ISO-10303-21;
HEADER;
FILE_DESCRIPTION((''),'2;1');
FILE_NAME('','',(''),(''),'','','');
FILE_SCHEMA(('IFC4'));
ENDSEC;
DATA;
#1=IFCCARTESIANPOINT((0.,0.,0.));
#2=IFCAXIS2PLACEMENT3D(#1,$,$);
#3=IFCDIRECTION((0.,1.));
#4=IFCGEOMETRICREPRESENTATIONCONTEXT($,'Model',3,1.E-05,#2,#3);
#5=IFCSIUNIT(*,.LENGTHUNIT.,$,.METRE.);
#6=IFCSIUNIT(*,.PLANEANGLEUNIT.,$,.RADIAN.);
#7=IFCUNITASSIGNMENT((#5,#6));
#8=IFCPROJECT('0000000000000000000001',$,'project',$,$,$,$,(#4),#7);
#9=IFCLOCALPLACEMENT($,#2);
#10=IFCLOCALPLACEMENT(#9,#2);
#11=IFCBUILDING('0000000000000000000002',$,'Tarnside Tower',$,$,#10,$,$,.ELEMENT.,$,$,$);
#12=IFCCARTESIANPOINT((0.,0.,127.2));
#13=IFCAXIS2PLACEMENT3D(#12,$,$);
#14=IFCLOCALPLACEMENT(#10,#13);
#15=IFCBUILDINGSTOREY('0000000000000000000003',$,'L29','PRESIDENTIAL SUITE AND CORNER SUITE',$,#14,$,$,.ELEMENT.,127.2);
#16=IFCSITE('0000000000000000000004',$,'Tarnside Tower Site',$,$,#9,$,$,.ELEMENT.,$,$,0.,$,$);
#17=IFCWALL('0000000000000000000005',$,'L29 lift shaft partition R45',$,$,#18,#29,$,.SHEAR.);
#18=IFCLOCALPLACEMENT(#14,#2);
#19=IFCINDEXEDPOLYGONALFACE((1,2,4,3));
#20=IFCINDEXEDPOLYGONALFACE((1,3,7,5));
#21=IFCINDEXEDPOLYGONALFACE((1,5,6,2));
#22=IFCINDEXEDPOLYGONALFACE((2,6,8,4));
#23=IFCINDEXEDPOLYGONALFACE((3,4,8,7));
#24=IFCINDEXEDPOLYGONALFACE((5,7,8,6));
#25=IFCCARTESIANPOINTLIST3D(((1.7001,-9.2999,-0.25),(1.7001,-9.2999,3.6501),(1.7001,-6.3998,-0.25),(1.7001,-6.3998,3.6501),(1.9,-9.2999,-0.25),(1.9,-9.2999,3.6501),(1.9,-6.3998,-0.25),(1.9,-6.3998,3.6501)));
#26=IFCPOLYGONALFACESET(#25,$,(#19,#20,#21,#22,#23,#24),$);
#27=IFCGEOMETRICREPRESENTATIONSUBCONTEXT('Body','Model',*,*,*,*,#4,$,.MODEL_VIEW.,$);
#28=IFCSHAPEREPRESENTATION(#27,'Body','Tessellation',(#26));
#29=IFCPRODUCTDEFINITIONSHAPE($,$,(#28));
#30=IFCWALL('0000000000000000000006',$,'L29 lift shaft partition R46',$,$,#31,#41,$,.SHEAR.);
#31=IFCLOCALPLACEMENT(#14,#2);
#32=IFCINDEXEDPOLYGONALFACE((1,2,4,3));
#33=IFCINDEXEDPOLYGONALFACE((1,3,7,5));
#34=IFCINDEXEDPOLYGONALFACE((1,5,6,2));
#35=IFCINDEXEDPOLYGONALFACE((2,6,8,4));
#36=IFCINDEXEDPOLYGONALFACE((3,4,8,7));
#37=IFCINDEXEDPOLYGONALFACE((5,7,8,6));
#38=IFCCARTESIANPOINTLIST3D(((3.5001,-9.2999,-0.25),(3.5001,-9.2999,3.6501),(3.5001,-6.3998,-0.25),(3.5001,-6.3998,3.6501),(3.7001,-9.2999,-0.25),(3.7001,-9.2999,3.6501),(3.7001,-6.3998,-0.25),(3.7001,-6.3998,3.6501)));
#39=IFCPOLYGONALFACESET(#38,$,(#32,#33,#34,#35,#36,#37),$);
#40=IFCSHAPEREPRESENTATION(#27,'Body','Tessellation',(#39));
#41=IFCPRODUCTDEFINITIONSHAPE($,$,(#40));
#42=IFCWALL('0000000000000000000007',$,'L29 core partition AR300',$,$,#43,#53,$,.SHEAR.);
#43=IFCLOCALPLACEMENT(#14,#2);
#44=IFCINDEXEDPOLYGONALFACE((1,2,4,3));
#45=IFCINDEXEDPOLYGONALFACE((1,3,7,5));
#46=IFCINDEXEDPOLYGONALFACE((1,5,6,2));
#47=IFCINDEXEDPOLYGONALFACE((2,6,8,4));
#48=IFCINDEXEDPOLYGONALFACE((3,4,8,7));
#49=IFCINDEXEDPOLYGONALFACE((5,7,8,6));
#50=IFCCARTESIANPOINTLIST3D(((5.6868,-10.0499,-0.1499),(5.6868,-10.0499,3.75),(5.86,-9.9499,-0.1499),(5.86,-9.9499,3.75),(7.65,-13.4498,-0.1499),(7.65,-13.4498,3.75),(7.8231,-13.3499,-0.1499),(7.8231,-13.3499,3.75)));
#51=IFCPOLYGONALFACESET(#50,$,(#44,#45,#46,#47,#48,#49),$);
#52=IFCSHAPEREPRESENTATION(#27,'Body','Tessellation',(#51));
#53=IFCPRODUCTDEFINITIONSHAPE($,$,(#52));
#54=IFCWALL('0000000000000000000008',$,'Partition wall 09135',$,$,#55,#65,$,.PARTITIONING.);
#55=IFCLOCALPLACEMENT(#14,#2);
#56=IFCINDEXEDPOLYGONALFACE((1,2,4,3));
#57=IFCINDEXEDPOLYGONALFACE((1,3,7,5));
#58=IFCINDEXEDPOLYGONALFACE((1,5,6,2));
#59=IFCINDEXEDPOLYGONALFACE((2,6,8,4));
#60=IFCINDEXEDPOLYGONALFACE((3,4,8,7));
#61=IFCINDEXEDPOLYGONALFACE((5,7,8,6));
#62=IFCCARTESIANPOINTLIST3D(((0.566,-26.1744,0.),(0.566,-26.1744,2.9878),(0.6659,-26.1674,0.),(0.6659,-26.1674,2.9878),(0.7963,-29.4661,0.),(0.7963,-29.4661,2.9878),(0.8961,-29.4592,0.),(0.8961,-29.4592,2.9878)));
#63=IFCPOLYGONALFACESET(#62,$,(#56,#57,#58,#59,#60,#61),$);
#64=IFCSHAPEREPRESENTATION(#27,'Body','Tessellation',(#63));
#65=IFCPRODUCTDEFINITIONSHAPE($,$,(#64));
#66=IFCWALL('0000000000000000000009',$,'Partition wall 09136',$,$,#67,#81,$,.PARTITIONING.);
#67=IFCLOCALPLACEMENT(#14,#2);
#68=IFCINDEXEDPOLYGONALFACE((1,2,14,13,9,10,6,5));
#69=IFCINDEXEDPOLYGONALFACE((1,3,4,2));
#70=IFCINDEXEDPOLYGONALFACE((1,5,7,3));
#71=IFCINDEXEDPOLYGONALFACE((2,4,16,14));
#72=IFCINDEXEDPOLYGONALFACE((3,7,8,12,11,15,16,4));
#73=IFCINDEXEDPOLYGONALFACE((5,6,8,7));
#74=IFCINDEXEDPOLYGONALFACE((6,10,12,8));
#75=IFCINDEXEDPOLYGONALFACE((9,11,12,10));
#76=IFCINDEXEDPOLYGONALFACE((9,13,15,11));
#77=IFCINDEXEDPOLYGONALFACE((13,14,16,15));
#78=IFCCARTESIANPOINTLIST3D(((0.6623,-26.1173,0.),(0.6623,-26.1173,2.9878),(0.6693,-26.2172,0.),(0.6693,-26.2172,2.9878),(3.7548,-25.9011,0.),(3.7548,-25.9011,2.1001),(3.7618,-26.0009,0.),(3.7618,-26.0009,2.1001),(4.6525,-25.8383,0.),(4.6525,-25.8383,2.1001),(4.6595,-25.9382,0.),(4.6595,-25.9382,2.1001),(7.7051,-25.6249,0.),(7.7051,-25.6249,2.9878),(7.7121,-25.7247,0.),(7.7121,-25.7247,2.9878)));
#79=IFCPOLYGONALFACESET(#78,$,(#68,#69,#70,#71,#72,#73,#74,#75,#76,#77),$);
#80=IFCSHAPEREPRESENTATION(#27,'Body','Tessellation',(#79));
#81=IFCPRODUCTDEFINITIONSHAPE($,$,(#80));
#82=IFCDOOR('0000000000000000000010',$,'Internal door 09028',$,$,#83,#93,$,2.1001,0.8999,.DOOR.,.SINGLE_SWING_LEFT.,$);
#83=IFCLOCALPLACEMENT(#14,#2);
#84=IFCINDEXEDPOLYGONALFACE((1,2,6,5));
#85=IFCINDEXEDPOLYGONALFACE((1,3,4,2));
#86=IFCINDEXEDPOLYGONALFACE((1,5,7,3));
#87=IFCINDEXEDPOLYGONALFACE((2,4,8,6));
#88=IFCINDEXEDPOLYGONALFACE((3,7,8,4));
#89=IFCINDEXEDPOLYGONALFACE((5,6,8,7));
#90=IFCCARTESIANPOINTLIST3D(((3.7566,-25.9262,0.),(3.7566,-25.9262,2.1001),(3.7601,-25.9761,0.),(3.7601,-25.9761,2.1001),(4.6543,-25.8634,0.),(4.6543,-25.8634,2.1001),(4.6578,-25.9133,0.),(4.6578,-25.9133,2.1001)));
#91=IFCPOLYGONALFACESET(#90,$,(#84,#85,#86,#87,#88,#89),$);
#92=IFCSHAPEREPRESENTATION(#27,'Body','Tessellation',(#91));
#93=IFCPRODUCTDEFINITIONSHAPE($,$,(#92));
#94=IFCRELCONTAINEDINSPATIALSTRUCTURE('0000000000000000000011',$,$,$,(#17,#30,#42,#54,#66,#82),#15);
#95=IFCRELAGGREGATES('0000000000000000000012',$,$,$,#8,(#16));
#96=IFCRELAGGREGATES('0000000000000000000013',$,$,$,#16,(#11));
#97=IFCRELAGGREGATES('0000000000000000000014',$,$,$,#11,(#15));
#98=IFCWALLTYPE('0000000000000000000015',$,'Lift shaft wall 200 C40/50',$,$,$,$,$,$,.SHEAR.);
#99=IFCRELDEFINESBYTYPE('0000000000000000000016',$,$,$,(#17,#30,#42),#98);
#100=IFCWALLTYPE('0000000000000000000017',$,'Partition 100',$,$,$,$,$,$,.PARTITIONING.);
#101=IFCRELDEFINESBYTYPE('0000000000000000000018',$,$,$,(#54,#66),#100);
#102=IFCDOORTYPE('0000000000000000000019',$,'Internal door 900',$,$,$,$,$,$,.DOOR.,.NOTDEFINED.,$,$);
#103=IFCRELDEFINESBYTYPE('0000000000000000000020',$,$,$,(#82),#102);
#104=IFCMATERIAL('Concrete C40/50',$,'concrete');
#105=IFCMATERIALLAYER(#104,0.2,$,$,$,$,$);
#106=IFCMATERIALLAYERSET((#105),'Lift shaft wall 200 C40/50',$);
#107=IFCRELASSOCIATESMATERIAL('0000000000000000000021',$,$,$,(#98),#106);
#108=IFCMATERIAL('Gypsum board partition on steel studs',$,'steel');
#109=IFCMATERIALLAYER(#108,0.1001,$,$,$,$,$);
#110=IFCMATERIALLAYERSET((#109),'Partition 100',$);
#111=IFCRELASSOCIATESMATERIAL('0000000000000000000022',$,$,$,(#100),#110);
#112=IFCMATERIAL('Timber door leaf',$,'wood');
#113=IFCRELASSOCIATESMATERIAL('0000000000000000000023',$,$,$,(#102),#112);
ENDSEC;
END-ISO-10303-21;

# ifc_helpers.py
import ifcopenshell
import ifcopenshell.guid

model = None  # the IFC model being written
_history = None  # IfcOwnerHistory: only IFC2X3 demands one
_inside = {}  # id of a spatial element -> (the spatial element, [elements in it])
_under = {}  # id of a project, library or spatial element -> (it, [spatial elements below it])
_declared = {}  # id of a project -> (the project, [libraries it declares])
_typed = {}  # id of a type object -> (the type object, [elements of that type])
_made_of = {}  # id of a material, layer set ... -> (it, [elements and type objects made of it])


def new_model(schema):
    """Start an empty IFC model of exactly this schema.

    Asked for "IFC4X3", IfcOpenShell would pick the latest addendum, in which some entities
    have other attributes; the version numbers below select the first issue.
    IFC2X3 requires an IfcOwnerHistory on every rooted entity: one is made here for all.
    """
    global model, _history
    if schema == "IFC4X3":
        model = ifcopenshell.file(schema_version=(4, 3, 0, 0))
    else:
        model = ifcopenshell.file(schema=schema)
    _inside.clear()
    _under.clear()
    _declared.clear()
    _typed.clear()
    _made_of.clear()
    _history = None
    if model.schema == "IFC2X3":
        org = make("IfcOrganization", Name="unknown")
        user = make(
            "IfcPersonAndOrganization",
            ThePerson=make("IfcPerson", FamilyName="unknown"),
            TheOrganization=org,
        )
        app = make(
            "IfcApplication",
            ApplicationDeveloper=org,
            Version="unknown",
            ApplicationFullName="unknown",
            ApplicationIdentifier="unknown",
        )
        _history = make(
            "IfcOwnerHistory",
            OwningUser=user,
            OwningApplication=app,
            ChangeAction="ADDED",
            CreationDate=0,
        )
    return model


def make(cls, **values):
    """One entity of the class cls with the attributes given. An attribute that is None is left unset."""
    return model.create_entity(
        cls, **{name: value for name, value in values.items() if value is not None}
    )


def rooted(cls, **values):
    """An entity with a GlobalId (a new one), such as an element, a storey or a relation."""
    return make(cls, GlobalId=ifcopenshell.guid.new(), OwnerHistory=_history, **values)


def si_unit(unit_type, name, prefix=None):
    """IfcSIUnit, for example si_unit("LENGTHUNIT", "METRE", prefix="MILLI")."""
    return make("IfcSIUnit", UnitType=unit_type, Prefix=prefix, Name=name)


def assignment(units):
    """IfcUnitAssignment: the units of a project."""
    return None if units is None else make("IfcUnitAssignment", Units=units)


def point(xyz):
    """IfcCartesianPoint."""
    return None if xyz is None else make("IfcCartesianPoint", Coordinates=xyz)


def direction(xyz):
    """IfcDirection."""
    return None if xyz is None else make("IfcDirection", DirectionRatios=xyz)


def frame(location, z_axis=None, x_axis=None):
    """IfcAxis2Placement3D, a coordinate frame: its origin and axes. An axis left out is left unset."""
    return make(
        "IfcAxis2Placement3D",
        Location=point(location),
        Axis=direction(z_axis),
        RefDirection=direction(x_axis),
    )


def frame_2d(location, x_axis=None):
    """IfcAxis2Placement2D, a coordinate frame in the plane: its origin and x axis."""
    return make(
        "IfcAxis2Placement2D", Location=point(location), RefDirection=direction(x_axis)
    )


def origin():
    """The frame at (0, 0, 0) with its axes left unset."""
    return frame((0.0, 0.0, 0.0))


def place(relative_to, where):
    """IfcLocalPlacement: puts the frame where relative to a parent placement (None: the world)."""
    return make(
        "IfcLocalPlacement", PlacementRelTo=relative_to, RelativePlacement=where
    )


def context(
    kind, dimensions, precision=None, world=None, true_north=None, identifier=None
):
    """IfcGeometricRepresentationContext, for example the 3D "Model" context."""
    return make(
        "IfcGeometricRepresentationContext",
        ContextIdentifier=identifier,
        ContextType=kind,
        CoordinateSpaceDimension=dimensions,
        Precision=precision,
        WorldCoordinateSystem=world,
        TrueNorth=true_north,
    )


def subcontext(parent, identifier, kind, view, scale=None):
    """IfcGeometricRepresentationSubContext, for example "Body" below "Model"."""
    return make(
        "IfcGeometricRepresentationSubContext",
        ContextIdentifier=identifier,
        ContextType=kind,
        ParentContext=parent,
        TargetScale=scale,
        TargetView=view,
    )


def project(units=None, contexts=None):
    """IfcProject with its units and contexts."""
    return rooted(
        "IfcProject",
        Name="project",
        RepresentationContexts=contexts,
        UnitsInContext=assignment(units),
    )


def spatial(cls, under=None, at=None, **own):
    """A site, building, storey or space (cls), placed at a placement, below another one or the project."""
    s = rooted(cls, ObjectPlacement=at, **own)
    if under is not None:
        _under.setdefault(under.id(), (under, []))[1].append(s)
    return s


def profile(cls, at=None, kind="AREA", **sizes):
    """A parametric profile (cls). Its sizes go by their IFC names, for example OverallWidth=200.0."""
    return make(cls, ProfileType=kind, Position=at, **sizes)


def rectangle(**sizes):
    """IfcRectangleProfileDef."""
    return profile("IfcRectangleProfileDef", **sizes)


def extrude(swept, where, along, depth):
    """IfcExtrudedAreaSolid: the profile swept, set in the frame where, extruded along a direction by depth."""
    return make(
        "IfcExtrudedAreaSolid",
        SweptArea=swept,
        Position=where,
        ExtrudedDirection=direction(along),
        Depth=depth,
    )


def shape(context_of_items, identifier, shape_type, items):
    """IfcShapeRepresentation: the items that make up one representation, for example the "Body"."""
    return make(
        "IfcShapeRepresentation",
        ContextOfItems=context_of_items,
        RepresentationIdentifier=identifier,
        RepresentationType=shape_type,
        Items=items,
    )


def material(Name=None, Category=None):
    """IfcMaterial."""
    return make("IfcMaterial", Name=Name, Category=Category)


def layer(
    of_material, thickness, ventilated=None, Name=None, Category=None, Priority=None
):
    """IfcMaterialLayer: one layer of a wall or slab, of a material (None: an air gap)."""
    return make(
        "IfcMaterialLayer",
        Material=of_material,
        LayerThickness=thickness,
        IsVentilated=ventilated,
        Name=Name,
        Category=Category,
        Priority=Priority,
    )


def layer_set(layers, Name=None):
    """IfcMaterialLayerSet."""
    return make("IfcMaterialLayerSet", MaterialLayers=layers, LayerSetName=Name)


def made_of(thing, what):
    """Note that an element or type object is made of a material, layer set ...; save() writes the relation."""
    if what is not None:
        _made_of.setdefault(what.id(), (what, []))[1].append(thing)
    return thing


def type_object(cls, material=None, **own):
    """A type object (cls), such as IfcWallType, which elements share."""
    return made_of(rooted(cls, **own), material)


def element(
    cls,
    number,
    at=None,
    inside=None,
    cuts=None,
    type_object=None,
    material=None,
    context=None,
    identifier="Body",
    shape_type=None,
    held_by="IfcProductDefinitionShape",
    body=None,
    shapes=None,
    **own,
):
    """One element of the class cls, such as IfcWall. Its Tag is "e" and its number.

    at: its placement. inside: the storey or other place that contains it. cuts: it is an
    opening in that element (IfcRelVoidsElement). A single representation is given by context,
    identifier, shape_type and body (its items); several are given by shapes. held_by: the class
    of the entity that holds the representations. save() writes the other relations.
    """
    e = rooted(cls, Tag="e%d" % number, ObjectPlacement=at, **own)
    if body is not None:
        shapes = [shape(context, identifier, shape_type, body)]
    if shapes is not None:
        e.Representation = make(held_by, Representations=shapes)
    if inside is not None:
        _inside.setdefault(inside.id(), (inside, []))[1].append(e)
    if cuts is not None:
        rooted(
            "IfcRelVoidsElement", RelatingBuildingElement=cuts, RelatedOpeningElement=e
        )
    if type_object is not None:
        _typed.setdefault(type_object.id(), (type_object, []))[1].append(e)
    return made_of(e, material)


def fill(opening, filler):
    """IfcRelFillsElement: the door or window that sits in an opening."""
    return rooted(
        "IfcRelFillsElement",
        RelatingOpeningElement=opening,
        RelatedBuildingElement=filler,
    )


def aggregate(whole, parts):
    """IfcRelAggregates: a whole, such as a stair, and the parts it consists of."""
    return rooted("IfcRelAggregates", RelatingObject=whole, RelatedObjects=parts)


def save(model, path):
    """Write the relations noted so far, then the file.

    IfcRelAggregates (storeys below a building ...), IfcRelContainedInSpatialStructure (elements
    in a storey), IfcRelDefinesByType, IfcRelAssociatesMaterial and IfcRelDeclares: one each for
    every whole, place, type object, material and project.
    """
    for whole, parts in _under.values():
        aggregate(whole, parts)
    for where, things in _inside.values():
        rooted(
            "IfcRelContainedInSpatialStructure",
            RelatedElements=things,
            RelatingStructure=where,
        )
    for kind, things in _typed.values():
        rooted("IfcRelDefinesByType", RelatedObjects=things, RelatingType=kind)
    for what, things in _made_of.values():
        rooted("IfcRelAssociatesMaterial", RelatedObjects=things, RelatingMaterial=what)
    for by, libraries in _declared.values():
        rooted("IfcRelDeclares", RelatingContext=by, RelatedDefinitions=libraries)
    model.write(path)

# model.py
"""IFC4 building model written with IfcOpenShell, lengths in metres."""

from ifc_helpers import new_model, si_unit, direction, frame, frame_2d, origin, place, context, subcontext, project, spatial, rectangle, extrude, material, layer, layer_set, type_object, element, fill, save


model = new_model("IFC4")

# Units and contexts
model_context = context("Model", 3, precision=1e-05, world=origin(), true_north=direction((0.0, 1.0)))
body_context = subcontext(model_context, "Body", "Model", "MODEL_VIEW")
ifc_project = project(units=[si_unit("LENGTHUNIT", "METRE"), si_unit("PLANEANGLEUNIT", "RADIAN")], contexts=[model_context])

# Site, building, storey
site_placement = place(None, origin())
site = spatial("IfcSite", under=ifc_project, at=site_placement, Name="Tarnside Tower Site", CompositionType="ELEMENT", RefElevation=0.0)
building_placement = place(site_placement, origin())
building = spatial("IfcBuilding", under=site, at=building_placement, Name="Tarnside Tower", CompositionType="ELEMENT")
storey_placement = place(building_placement, frame((0.0, 0.0, 127.2)))
storey = spatial("IfcBuildingStorey", under=building, at=storey_placement, Name="L29", Description="PRESIDENTIAL SUITE AND CORNER SUITE", CompositionType="ELEMENT", Elevation=127.2)

# Shared definitions
ifc_material_1 = material(Name="Gypsum board partition on steel studs", Category="steel")

# Shared definitions
ifc_material_2 = material(Name="Timber door leaf", Category="wood")

# Walls
ifc_material_3 = material(Name="Concrete C40/50", Category="concrete")
ifc_layer_1 = layer(ifc_material_3, 0.2)
ifc_layer_set_1 = layer_set([ifc_layer_1], Name="Lift shaft wall 200 C40/50")
wall_type_1 = type_object("IfcWallType", Name="Lift shaft wall 200 C40/50", PredefinedType="SHEAR", material=ifc_layer_set_1)
for number, where, z_axis, x_axis, name in (
    (1, (1.8, -9.3, -0.25), (0.0, 0.0, 1.0), (0.0, 1.0, 0.0), "L29 lift shaft partition R45"),
    (2, (3.6001, -9.3, -0.25), (0.0, 0.0, 1.0), (0.0, 1.0, 0.0), "L29 lift shaft partition R46"),
):
    element("IfcWall", number, at=place(storey_placement, frame(where, z_axis=z_axis, x_axis=x_axis)), inside=storey, type_object=wall_type_1, Name=name, PredefinedType="SHEAR", context=body_context, shape_type="SweptSolid", body=[
        extrude(rectangle(XDim=2.9001, YDim=0.2, at=frame_2d((1.4502, 0.0))), origin(), (0.0, 0.0, 1.0), 3.9001),
    ])
wall_1_placement = place(storey_placement, frame((5.7734, -10.0, -0.1499), z_axis=(0.0, 0.0, 1.0), x_axis=(0.500038, -0.866003, 0.0)))
element("IfcWall", 3, at=wall_1_placement, inside=storey, type_object=wall_type_1, Name="L29 core partition AR300", PredefinedType="SHEAR", context=body_context, shape_type="SweptSolid", body=[
    extrude(rectangle(XDim=3.926, YDim=0.2, at=frame_2d((1.9629, 0.0))), origin(), (0.0, 0.0, 1.0), 3.8999),
])
ifc_layer_2 = layer(ifc_material_1, 0.1001)
ifc_layer_set_2 = layer_set([ifc_layer_2], Name="Partition 100")
wall_type_2 = type_object("IfcWallType", Name="Partition 100", PredefinedType="PARTITIONING", material=ifc_layer_set_2)
wall_2_placement = place(storey_placement, frame((0.8462, -29.4626, 0.0), z_axis=(0.0, 0.0, 1.0), x_axis=(-0.069769, 0.997563, 0.0)))
element("IfcWall", 4, at=wall_2_placement, inside=storey, type_object=wall_type_2, Name="Partition wall 09135", PredefinedType="PARTITIONING", context=body_context, shape_type="SweptSolid", body=[
    extrude(rectangle(XDim=3.2998, YDim=0.1001, at=frame_2d((1.6499, 0.0))), origin(), (0.0, 0.0, 1.0), 2.9878),
])

# Wall, opening, door
wall_3_placement = place(storey_placement, frame((0.6658, -26.1672, 0.0), z_axis=(0.0, 0.0, 1.0), x_axis=(0.997565, 0.069748, 0.0)))
wall_3 = element("IfcWall", 5, at=wall_3_placement, inside=storey, type_object=wall_type_2, Name="Partition wall 09136", PredefinedType="PARTITIONING", context=body_context, shape_type="SweptSolid", body=[
    extrude(rectangle(XDim=7.0601, YDim=0.1001, at=frame_2d((3.53, 0.0))), origin(), (0.0, 0.0, 1.0), 2.9878),
])
opening_1_placement = place(wall_3_placement, frame((3.1001, 0.0, 0.0)))
opening_1 = element("IfcOpeningElement", 6, at=opening_1_placement, cuts=wall_3, PredefinedType="OPENING", context=body_context, shape_type="SweptSolid", body=[
    extrude(rectangle(XDim=0.8999, YDim=2.1001, at=frame_2d((0.45, 1.05))), frame((0.0, 0.0601, 0.0), z_axis=(0.0, -1.0, 0.0), x_axis=(1.0, 0.0, 0.0)), (0.0, 0.0, 1.0), 0.1201),
])
door_type_1 = type_object("IfcDoorType", Name="Internal door 900", OperationType="NOTDEFINED", PredefinedType="DOOR", material=ifc_material_2)
door_1_placement = place(opening_1_placement, origin())
door_1 = element("IfcDoor", 7, at=door_1_placement, inside=storey, type_object=door_type_1, Name="Internal door 09028", OperationType="SINGLE_SWING_LEFT", OverallHeight=2.1001, OverallWidth=0.8999, PredefinedType="DOOR", context=body_context, shape_type="SweptSolid", body=[
    extrude(rectangle(XDim=0.8999, YDim=2.1001, at=frame_2d((0.45, 1.05))), frame((0.0, 0.0249, 0.0), z_axis=(0.0, -1.0, 0.0), x_axis=(1.0, 0.0, 0.0)), (0.0, 0.0, 1.0), 0.05),
])
fill(opening_1, door_1)

save(model, "model.ifc")
